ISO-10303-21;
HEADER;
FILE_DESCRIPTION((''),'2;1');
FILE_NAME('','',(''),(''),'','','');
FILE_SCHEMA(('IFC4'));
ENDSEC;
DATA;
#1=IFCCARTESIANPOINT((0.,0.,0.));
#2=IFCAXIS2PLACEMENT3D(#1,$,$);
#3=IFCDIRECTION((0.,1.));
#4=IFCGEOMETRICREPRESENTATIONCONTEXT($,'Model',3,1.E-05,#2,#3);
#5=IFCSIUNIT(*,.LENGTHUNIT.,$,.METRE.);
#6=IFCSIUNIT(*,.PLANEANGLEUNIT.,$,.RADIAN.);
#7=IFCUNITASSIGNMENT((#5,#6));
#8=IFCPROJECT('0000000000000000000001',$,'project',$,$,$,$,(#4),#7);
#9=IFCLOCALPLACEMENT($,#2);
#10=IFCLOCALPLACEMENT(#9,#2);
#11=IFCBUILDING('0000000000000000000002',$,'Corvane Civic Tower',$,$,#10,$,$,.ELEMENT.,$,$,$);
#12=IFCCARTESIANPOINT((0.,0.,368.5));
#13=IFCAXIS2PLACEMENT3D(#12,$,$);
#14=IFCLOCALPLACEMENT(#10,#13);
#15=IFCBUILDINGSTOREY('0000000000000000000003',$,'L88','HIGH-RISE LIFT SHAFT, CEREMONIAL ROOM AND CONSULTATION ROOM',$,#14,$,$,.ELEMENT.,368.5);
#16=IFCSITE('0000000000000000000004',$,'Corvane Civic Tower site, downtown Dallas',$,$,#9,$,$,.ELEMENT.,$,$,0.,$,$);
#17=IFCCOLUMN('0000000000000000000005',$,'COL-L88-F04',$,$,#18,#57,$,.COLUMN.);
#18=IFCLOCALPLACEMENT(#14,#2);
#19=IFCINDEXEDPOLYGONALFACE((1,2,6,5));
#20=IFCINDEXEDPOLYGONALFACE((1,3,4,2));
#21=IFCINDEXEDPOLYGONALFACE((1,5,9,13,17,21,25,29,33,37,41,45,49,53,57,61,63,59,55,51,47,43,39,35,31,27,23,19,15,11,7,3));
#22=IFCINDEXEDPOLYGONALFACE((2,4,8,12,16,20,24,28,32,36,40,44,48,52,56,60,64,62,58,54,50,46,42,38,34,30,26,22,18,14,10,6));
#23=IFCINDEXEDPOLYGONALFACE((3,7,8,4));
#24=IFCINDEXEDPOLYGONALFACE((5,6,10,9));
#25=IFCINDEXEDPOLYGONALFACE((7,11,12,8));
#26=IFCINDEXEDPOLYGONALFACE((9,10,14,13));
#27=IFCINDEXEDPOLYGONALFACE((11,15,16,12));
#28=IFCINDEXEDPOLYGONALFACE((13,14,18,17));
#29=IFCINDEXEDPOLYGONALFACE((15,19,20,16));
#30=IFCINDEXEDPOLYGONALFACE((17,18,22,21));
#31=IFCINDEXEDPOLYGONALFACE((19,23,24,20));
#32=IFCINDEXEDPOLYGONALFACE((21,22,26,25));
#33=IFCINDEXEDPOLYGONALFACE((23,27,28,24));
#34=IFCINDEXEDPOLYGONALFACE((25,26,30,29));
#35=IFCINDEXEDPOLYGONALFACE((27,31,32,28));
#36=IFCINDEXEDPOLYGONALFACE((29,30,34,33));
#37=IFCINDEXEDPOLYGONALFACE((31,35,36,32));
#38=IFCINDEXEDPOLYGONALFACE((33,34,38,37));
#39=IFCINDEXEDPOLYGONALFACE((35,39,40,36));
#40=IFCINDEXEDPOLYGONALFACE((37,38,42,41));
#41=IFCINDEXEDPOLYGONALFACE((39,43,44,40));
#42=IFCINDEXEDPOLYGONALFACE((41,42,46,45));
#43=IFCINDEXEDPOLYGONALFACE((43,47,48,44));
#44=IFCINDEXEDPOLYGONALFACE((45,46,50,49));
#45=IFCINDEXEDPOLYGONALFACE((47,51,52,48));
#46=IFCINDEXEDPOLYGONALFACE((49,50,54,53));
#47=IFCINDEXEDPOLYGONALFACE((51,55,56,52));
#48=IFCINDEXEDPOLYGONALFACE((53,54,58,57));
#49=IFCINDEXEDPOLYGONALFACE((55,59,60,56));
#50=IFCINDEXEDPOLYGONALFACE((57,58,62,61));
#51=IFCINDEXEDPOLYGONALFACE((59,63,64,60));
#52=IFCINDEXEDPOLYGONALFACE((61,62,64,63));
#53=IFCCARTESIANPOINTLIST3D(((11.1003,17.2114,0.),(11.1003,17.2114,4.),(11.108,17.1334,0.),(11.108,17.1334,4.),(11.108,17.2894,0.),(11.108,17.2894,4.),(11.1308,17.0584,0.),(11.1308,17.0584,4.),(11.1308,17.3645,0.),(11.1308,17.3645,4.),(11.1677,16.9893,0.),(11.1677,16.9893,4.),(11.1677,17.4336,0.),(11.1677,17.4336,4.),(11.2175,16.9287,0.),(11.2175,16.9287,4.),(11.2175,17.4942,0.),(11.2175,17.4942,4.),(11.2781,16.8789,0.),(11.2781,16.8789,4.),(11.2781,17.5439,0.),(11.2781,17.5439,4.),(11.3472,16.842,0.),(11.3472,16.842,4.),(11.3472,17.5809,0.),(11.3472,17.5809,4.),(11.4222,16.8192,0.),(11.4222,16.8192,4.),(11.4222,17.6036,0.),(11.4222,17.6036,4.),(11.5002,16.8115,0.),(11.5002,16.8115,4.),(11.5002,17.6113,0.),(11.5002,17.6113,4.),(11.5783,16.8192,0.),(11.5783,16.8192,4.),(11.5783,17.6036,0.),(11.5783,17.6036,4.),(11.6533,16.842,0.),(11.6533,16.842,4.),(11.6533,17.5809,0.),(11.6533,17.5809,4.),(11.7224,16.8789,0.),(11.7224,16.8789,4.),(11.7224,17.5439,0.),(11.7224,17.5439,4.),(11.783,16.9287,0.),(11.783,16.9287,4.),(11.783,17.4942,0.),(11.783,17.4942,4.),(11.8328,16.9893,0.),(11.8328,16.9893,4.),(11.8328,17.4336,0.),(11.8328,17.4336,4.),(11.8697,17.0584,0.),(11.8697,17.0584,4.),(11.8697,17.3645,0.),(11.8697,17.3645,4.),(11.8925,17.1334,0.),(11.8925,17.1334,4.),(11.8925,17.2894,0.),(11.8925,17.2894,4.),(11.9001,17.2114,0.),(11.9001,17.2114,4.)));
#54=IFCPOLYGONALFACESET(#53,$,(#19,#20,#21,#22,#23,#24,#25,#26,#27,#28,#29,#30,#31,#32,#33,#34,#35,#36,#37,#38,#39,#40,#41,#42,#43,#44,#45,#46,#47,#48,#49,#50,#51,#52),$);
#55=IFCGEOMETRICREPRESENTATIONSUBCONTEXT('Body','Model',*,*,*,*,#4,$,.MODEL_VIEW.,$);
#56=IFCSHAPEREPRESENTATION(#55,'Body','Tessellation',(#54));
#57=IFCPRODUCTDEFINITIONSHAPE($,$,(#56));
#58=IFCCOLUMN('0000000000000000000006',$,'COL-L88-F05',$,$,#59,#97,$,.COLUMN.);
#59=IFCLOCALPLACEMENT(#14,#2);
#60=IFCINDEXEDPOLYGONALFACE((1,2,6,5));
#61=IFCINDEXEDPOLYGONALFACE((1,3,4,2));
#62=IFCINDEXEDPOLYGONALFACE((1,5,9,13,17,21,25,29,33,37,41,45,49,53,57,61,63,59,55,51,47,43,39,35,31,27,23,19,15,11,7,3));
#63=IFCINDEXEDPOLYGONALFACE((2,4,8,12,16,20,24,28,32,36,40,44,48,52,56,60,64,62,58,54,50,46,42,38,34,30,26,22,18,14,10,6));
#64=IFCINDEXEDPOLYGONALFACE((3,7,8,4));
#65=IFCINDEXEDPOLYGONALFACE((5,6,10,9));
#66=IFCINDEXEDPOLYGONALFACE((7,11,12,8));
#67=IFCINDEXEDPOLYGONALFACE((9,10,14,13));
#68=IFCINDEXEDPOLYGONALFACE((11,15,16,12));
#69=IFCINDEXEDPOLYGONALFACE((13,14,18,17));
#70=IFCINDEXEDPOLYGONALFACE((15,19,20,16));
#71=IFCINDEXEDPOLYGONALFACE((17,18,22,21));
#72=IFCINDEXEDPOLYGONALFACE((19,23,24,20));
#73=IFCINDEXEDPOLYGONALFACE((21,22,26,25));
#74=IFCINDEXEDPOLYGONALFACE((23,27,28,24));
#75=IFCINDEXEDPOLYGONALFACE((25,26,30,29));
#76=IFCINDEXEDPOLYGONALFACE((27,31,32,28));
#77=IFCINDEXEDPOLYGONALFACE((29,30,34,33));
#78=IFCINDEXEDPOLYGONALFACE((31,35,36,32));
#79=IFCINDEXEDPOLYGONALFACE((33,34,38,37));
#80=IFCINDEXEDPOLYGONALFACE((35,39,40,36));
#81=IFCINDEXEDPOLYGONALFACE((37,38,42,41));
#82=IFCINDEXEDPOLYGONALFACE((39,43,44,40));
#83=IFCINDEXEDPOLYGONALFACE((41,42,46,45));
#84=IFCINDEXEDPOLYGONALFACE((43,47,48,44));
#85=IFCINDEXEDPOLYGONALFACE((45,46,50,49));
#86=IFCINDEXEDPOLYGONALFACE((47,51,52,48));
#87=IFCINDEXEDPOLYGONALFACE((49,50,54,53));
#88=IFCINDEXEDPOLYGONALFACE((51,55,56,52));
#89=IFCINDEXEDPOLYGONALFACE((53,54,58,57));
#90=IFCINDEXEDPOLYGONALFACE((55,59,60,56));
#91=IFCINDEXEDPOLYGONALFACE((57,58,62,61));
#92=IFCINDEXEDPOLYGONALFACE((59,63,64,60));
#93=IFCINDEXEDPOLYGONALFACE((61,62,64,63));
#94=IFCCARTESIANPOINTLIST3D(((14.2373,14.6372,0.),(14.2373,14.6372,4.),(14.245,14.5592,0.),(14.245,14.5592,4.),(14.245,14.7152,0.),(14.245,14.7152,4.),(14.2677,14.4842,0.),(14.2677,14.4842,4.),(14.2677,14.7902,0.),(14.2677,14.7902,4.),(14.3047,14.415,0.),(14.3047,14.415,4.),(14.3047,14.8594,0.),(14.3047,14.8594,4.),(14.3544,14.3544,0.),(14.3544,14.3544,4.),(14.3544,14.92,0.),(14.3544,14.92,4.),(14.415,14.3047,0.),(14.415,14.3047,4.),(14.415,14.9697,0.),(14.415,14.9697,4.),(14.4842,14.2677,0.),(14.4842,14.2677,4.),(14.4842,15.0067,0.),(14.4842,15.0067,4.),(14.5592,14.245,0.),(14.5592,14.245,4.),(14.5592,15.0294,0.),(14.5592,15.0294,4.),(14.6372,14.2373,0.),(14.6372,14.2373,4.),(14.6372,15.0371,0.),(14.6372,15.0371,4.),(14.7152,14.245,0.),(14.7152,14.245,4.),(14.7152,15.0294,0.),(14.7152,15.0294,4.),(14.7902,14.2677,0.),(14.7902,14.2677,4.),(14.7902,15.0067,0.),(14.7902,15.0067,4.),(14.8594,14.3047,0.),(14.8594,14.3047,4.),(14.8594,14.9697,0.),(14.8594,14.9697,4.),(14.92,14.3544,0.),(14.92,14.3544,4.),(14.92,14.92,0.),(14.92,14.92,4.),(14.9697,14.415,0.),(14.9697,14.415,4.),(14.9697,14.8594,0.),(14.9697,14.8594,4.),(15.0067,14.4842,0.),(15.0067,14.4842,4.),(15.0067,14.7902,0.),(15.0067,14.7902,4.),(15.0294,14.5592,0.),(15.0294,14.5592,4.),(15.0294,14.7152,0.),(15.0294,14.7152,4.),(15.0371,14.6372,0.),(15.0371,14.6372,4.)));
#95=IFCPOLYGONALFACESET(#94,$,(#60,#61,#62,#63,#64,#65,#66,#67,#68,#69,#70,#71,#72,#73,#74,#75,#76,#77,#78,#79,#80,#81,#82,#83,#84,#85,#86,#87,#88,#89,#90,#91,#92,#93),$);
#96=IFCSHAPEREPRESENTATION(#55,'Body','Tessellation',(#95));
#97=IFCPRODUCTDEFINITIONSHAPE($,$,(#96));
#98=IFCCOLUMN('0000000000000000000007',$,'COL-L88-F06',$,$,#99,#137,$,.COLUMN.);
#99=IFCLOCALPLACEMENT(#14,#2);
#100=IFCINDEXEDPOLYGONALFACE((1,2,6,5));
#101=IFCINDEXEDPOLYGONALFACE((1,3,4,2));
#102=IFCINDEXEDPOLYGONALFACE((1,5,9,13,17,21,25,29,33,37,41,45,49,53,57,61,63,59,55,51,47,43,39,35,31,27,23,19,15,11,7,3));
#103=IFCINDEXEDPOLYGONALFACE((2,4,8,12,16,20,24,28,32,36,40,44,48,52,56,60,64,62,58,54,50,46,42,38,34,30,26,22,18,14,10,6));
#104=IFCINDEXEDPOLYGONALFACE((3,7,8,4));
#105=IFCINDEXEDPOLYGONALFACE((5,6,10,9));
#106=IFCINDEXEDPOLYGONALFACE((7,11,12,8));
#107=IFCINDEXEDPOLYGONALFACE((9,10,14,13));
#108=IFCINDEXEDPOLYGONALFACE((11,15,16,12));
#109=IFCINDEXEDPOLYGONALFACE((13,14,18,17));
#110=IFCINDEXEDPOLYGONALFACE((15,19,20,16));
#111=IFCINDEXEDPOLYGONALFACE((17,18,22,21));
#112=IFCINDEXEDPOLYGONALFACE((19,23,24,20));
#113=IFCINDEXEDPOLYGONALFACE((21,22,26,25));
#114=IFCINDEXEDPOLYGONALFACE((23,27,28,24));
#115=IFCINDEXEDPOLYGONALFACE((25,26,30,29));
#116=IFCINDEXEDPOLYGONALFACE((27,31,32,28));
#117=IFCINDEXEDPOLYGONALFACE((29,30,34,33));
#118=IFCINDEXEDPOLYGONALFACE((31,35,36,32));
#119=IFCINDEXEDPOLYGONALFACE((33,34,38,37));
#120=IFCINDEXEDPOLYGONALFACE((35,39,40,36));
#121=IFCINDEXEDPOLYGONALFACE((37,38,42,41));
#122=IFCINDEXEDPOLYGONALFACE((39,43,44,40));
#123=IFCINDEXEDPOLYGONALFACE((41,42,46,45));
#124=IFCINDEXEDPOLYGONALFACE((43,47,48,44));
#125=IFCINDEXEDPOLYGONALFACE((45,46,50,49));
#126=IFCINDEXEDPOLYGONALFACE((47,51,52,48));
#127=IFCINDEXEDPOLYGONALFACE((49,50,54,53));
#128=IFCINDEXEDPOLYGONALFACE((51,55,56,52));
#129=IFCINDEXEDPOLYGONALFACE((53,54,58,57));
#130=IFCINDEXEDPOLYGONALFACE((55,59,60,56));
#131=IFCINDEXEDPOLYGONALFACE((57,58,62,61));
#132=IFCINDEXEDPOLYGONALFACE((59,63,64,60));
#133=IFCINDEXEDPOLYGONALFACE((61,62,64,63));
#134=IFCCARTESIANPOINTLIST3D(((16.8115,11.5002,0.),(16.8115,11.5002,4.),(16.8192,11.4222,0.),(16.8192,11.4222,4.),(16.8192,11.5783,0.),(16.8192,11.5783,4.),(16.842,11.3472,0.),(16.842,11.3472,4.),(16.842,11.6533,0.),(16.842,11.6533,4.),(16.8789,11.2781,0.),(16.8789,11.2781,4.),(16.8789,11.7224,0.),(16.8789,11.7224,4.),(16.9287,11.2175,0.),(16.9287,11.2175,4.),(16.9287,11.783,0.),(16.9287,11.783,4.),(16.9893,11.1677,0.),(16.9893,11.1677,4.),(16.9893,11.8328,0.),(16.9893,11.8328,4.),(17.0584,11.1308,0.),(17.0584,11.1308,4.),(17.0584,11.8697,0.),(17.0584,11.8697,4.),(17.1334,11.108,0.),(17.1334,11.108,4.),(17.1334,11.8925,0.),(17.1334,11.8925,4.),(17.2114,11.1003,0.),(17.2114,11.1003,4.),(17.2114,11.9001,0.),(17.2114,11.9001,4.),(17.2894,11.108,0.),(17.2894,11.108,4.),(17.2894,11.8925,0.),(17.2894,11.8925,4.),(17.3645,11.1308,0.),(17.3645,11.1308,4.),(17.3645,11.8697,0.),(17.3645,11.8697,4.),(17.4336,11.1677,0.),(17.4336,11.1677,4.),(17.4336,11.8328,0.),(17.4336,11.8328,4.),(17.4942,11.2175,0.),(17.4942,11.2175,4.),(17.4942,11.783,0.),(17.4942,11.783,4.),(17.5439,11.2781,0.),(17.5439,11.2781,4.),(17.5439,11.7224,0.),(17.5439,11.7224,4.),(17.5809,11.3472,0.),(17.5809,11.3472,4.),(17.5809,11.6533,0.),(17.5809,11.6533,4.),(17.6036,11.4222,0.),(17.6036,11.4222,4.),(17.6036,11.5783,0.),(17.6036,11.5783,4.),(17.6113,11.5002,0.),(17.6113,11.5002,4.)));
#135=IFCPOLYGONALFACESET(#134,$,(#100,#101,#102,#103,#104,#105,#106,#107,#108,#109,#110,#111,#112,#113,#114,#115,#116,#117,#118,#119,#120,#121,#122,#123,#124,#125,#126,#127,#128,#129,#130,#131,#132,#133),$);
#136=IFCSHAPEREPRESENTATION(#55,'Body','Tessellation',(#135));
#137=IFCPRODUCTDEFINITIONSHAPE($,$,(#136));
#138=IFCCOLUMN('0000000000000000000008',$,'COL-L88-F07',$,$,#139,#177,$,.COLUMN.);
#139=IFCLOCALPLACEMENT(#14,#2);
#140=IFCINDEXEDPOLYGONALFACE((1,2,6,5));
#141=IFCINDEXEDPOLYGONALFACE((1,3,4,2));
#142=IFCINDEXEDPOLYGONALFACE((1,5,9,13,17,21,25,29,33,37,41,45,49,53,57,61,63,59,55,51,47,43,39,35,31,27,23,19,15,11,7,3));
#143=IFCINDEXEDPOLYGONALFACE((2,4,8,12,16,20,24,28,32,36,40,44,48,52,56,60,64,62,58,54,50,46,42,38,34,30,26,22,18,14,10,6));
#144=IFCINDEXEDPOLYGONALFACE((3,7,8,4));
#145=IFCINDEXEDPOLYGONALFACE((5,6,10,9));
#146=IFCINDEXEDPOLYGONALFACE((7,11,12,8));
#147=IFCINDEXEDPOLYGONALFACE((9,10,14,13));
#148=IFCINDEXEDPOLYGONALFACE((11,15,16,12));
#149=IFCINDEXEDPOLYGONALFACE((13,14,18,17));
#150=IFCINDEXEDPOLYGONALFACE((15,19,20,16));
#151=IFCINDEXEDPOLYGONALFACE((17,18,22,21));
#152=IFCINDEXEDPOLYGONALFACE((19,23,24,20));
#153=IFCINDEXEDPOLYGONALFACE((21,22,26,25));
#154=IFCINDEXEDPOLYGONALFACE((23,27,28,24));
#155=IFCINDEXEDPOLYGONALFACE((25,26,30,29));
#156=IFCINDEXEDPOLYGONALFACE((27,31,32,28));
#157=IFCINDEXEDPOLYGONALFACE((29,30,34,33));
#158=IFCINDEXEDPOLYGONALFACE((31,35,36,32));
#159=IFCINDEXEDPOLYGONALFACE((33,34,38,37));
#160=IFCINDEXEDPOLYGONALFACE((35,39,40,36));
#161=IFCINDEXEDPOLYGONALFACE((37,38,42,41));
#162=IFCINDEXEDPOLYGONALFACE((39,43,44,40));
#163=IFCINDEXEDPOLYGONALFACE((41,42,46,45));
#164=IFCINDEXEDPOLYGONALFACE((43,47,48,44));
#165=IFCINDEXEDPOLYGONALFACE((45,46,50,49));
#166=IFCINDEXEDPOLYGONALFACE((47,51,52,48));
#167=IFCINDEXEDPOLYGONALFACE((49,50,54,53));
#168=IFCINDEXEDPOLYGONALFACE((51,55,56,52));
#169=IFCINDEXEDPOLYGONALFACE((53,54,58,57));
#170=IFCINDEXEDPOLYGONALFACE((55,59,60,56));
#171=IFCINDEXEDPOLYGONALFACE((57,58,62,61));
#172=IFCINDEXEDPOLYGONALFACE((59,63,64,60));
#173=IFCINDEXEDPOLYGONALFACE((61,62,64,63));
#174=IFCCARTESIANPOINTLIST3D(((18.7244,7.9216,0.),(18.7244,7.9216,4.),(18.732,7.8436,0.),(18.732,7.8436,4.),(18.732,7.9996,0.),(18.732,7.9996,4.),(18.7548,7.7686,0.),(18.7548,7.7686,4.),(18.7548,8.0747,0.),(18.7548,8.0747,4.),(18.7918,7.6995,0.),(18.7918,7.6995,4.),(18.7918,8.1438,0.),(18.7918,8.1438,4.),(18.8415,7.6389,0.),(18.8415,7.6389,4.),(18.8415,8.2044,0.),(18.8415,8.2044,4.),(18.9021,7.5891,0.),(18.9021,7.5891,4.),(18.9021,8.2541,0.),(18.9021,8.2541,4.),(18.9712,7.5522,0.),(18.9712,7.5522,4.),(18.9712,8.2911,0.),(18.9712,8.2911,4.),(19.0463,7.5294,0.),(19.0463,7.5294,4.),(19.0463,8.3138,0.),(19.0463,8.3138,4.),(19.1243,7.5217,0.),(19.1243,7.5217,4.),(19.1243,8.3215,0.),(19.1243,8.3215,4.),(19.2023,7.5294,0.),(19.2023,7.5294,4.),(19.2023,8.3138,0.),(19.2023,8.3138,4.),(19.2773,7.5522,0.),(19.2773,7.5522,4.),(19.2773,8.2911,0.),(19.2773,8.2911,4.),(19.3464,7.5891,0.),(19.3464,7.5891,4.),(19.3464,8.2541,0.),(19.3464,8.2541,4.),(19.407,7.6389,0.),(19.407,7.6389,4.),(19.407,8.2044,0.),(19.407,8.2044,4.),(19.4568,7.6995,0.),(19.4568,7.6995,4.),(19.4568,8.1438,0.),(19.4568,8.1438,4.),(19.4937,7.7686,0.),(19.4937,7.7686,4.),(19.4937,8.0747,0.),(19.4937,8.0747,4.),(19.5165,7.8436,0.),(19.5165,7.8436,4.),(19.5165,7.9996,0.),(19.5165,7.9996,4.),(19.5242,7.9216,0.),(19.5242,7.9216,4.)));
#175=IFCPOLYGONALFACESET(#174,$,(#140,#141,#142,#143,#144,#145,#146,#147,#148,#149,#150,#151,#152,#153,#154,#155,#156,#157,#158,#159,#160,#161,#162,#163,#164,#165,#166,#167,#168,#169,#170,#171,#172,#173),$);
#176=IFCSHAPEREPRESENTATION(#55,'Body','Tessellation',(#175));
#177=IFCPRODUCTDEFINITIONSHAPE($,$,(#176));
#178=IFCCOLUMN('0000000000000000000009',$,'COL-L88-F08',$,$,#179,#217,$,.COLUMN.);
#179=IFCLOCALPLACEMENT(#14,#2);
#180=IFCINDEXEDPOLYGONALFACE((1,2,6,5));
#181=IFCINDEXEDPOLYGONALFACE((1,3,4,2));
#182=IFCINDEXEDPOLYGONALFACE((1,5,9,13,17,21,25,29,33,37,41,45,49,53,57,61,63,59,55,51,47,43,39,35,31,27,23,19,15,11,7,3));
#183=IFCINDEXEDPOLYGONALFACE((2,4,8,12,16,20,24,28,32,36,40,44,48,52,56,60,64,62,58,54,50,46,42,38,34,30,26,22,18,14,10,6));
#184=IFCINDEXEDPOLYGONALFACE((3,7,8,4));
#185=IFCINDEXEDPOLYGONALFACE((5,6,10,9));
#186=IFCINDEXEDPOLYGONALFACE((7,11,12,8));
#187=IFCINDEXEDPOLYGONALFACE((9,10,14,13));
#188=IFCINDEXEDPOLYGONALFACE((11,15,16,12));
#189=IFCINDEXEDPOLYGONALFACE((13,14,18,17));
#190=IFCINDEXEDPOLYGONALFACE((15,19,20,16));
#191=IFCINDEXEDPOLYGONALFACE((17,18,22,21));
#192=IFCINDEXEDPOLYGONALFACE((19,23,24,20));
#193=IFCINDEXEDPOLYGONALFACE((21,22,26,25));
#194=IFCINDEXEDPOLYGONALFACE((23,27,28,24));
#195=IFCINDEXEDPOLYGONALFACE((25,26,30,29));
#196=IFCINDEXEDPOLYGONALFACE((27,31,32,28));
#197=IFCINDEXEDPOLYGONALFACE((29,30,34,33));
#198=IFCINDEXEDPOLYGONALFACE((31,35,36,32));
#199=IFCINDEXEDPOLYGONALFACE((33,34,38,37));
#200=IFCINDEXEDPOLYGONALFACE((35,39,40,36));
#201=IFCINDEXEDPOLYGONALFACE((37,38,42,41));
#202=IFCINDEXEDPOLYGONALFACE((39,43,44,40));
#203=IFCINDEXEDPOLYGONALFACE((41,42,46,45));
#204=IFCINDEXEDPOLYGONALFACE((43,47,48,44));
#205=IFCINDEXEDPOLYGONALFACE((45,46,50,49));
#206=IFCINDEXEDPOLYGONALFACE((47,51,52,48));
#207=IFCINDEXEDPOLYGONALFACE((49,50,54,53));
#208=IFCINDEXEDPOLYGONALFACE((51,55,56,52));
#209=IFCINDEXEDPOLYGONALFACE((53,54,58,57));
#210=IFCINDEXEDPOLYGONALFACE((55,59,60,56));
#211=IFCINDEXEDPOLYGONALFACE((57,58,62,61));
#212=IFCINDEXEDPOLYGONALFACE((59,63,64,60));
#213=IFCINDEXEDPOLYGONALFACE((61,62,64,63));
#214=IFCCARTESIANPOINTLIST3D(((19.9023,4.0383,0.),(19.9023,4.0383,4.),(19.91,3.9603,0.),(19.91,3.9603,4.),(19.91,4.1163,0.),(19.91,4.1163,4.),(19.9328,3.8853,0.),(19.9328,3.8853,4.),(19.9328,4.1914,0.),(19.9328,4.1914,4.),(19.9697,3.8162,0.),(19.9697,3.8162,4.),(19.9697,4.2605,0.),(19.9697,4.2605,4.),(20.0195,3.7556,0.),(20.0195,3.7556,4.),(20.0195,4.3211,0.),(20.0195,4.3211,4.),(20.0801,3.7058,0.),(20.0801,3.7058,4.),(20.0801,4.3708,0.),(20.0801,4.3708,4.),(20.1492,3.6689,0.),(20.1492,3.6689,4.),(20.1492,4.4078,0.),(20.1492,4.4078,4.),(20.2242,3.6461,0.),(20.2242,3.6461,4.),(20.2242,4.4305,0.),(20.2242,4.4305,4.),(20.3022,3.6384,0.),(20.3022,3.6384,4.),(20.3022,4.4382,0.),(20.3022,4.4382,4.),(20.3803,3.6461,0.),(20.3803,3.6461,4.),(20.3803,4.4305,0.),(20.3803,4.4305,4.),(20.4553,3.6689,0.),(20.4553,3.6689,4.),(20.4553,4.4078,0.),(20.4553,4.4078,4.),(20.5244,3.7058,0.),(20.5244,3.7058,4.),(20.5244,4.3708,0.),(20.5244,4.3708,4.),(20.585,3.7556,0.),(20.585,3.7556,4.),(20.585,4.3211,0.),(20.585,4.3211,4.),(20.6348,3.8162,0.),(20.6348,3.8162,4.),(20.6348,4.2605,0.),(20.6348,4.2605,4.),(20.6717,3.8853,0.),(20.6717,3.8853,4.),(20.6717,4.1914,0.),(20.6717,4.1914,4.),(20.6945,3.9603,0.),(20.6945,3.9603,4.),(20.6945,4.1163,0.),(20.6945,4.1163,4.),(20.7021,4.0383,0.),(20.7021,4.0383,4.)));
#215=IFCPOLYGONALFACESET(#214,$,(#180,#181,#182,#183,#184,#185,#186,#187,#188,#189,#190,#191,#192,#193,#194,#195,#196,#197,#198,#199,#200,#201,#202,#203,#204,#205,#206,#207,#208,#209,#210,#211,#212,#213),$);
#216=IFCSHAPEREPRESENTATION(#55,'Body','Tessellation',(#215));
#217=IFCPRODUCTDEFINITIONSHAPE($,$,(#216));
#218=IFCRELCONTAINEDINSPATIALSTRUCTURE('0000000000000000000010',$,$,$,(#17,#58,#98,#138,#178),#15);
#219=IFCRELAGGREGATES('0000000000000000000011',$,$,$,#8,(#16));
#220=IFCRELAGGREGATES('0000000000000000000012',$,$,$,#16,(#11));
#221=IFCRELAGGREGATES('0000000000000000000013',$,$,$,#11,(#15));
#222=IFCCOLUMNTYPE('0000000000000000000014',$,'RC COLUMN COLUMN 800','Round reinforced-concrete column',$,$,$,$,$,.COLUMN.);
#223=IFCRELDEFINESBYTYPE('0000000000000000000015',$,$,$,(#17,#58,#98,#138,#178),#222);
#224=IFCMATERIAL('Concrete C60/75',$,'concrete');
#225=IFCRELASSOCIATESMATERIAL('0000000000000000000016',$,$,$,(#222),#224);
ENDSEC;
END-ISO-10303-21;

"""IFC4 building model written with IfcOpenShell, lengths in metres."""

from ifc_helpers import new_model, si_unit, direction, frame, origin, origin_2d, place, context, subcontext, project, spatial, circle, extrude, material, material_profile, profile_set, type_object, element, save


model = new_model("IFC4")

# Units and contexts
model_context = context("Model", 3, precision=1e-05, world=origin(), true_north=direction((0.0, 1.0)))
body_context = subcontext(model_context, "Body", "Model", "MODEL_VIEW")
ifc_project = project(units=[si_unit("LENGTHUNIT", "METRE"), si_unit("PLANEANGLEUNIT", "RADIAN")], contexts=[model_context])

# Site, building, storey
site_placement = place(None, origin())
site = spatial("IfcSite", under=ifc_project, at=site_placement, Name="Corvane Civic Tower site, downtown Dallas", CompositionType="ELEMENT", RefElevation=0.0)
building_placement = place(site_placement, origin())
building = spatial("IfcBuilding", under=site, at=building_placement, Name="Corvane Civic Tower", CompositionType="ELEMENT")
storey_placement = place(building_placement, frame((0.0, 0.0, 368.5)))
storey = spatial("IfcBuildingStorey", under=building, at=storey_placement, Name="L88", Description="HIGH-RISE LIFT SHAFT, CEREMONIAL ROOM AND CONSULTATION ROOM", CompositionType="ELEMENT", Elevation=368.5)

# Columns
ifc_material_1 = material(Name="Concrete C60/75", Category="concrete")
ifc_material_profile_1 = material_profile(ifc_material_1, circle(Radius=0.3999, at=origin_2d()), Name="COLUMN 800")
ifc_profile_set_1 = profile_set([ifc_material_profile_1], Name="Concrete C60/75")
column_type = type_object("IfcColumnType", Name="RC COLUMN COLUMN 800", Description="Round reinforced-concrete column", PredefinedType="COLUMN", material=ifc_profile_set_1)
for number, where, z_axis, x_axis, name in (
    (1, (11.5002, 17.2114, 0.0), (0.0, 0.0, 1.0), (1.0, 0.0, 0.0), "COL-L88-F04"),
    (2, (14.6372, 14.6372, 0.0), (0.0, 0.0, 1.0), (1.0, 0.0, 0.0), "COL-L88-F05"),
    (3, (17.2114, 11.5002, 0.0), (0.0, 0.0, 1.0), (1.0, 0.0, 0.0), "COL-L88-F06"),
    (4, (19.1243, 7.9216, 0.0), (0.0, 0.0, 1.0), (1.0, 0.0, 0.0), "COL-L88-F07"),
    (5, (20.3022, 4.0383, 0.0), (0.0, 0.0, 1.0), (1.0, 0.0, 0.0), "COL-L88-F08"),
):
    element("IfcColumn", number, at=place(storey_placement, frame(where, z_axis=z_axis, x_axis=x_axis)), inside=storey, type_object=column_type, Name=name, PredefinedType="COLUMN", context=body_context, shape_type="SweptSolid", body=[
        extrude(circle(Radius=0.3999, at=origin_2d()), origin(), (0.0, 0.0, 1.0), 4.0),
    ])

save(model, "model.ifc")
